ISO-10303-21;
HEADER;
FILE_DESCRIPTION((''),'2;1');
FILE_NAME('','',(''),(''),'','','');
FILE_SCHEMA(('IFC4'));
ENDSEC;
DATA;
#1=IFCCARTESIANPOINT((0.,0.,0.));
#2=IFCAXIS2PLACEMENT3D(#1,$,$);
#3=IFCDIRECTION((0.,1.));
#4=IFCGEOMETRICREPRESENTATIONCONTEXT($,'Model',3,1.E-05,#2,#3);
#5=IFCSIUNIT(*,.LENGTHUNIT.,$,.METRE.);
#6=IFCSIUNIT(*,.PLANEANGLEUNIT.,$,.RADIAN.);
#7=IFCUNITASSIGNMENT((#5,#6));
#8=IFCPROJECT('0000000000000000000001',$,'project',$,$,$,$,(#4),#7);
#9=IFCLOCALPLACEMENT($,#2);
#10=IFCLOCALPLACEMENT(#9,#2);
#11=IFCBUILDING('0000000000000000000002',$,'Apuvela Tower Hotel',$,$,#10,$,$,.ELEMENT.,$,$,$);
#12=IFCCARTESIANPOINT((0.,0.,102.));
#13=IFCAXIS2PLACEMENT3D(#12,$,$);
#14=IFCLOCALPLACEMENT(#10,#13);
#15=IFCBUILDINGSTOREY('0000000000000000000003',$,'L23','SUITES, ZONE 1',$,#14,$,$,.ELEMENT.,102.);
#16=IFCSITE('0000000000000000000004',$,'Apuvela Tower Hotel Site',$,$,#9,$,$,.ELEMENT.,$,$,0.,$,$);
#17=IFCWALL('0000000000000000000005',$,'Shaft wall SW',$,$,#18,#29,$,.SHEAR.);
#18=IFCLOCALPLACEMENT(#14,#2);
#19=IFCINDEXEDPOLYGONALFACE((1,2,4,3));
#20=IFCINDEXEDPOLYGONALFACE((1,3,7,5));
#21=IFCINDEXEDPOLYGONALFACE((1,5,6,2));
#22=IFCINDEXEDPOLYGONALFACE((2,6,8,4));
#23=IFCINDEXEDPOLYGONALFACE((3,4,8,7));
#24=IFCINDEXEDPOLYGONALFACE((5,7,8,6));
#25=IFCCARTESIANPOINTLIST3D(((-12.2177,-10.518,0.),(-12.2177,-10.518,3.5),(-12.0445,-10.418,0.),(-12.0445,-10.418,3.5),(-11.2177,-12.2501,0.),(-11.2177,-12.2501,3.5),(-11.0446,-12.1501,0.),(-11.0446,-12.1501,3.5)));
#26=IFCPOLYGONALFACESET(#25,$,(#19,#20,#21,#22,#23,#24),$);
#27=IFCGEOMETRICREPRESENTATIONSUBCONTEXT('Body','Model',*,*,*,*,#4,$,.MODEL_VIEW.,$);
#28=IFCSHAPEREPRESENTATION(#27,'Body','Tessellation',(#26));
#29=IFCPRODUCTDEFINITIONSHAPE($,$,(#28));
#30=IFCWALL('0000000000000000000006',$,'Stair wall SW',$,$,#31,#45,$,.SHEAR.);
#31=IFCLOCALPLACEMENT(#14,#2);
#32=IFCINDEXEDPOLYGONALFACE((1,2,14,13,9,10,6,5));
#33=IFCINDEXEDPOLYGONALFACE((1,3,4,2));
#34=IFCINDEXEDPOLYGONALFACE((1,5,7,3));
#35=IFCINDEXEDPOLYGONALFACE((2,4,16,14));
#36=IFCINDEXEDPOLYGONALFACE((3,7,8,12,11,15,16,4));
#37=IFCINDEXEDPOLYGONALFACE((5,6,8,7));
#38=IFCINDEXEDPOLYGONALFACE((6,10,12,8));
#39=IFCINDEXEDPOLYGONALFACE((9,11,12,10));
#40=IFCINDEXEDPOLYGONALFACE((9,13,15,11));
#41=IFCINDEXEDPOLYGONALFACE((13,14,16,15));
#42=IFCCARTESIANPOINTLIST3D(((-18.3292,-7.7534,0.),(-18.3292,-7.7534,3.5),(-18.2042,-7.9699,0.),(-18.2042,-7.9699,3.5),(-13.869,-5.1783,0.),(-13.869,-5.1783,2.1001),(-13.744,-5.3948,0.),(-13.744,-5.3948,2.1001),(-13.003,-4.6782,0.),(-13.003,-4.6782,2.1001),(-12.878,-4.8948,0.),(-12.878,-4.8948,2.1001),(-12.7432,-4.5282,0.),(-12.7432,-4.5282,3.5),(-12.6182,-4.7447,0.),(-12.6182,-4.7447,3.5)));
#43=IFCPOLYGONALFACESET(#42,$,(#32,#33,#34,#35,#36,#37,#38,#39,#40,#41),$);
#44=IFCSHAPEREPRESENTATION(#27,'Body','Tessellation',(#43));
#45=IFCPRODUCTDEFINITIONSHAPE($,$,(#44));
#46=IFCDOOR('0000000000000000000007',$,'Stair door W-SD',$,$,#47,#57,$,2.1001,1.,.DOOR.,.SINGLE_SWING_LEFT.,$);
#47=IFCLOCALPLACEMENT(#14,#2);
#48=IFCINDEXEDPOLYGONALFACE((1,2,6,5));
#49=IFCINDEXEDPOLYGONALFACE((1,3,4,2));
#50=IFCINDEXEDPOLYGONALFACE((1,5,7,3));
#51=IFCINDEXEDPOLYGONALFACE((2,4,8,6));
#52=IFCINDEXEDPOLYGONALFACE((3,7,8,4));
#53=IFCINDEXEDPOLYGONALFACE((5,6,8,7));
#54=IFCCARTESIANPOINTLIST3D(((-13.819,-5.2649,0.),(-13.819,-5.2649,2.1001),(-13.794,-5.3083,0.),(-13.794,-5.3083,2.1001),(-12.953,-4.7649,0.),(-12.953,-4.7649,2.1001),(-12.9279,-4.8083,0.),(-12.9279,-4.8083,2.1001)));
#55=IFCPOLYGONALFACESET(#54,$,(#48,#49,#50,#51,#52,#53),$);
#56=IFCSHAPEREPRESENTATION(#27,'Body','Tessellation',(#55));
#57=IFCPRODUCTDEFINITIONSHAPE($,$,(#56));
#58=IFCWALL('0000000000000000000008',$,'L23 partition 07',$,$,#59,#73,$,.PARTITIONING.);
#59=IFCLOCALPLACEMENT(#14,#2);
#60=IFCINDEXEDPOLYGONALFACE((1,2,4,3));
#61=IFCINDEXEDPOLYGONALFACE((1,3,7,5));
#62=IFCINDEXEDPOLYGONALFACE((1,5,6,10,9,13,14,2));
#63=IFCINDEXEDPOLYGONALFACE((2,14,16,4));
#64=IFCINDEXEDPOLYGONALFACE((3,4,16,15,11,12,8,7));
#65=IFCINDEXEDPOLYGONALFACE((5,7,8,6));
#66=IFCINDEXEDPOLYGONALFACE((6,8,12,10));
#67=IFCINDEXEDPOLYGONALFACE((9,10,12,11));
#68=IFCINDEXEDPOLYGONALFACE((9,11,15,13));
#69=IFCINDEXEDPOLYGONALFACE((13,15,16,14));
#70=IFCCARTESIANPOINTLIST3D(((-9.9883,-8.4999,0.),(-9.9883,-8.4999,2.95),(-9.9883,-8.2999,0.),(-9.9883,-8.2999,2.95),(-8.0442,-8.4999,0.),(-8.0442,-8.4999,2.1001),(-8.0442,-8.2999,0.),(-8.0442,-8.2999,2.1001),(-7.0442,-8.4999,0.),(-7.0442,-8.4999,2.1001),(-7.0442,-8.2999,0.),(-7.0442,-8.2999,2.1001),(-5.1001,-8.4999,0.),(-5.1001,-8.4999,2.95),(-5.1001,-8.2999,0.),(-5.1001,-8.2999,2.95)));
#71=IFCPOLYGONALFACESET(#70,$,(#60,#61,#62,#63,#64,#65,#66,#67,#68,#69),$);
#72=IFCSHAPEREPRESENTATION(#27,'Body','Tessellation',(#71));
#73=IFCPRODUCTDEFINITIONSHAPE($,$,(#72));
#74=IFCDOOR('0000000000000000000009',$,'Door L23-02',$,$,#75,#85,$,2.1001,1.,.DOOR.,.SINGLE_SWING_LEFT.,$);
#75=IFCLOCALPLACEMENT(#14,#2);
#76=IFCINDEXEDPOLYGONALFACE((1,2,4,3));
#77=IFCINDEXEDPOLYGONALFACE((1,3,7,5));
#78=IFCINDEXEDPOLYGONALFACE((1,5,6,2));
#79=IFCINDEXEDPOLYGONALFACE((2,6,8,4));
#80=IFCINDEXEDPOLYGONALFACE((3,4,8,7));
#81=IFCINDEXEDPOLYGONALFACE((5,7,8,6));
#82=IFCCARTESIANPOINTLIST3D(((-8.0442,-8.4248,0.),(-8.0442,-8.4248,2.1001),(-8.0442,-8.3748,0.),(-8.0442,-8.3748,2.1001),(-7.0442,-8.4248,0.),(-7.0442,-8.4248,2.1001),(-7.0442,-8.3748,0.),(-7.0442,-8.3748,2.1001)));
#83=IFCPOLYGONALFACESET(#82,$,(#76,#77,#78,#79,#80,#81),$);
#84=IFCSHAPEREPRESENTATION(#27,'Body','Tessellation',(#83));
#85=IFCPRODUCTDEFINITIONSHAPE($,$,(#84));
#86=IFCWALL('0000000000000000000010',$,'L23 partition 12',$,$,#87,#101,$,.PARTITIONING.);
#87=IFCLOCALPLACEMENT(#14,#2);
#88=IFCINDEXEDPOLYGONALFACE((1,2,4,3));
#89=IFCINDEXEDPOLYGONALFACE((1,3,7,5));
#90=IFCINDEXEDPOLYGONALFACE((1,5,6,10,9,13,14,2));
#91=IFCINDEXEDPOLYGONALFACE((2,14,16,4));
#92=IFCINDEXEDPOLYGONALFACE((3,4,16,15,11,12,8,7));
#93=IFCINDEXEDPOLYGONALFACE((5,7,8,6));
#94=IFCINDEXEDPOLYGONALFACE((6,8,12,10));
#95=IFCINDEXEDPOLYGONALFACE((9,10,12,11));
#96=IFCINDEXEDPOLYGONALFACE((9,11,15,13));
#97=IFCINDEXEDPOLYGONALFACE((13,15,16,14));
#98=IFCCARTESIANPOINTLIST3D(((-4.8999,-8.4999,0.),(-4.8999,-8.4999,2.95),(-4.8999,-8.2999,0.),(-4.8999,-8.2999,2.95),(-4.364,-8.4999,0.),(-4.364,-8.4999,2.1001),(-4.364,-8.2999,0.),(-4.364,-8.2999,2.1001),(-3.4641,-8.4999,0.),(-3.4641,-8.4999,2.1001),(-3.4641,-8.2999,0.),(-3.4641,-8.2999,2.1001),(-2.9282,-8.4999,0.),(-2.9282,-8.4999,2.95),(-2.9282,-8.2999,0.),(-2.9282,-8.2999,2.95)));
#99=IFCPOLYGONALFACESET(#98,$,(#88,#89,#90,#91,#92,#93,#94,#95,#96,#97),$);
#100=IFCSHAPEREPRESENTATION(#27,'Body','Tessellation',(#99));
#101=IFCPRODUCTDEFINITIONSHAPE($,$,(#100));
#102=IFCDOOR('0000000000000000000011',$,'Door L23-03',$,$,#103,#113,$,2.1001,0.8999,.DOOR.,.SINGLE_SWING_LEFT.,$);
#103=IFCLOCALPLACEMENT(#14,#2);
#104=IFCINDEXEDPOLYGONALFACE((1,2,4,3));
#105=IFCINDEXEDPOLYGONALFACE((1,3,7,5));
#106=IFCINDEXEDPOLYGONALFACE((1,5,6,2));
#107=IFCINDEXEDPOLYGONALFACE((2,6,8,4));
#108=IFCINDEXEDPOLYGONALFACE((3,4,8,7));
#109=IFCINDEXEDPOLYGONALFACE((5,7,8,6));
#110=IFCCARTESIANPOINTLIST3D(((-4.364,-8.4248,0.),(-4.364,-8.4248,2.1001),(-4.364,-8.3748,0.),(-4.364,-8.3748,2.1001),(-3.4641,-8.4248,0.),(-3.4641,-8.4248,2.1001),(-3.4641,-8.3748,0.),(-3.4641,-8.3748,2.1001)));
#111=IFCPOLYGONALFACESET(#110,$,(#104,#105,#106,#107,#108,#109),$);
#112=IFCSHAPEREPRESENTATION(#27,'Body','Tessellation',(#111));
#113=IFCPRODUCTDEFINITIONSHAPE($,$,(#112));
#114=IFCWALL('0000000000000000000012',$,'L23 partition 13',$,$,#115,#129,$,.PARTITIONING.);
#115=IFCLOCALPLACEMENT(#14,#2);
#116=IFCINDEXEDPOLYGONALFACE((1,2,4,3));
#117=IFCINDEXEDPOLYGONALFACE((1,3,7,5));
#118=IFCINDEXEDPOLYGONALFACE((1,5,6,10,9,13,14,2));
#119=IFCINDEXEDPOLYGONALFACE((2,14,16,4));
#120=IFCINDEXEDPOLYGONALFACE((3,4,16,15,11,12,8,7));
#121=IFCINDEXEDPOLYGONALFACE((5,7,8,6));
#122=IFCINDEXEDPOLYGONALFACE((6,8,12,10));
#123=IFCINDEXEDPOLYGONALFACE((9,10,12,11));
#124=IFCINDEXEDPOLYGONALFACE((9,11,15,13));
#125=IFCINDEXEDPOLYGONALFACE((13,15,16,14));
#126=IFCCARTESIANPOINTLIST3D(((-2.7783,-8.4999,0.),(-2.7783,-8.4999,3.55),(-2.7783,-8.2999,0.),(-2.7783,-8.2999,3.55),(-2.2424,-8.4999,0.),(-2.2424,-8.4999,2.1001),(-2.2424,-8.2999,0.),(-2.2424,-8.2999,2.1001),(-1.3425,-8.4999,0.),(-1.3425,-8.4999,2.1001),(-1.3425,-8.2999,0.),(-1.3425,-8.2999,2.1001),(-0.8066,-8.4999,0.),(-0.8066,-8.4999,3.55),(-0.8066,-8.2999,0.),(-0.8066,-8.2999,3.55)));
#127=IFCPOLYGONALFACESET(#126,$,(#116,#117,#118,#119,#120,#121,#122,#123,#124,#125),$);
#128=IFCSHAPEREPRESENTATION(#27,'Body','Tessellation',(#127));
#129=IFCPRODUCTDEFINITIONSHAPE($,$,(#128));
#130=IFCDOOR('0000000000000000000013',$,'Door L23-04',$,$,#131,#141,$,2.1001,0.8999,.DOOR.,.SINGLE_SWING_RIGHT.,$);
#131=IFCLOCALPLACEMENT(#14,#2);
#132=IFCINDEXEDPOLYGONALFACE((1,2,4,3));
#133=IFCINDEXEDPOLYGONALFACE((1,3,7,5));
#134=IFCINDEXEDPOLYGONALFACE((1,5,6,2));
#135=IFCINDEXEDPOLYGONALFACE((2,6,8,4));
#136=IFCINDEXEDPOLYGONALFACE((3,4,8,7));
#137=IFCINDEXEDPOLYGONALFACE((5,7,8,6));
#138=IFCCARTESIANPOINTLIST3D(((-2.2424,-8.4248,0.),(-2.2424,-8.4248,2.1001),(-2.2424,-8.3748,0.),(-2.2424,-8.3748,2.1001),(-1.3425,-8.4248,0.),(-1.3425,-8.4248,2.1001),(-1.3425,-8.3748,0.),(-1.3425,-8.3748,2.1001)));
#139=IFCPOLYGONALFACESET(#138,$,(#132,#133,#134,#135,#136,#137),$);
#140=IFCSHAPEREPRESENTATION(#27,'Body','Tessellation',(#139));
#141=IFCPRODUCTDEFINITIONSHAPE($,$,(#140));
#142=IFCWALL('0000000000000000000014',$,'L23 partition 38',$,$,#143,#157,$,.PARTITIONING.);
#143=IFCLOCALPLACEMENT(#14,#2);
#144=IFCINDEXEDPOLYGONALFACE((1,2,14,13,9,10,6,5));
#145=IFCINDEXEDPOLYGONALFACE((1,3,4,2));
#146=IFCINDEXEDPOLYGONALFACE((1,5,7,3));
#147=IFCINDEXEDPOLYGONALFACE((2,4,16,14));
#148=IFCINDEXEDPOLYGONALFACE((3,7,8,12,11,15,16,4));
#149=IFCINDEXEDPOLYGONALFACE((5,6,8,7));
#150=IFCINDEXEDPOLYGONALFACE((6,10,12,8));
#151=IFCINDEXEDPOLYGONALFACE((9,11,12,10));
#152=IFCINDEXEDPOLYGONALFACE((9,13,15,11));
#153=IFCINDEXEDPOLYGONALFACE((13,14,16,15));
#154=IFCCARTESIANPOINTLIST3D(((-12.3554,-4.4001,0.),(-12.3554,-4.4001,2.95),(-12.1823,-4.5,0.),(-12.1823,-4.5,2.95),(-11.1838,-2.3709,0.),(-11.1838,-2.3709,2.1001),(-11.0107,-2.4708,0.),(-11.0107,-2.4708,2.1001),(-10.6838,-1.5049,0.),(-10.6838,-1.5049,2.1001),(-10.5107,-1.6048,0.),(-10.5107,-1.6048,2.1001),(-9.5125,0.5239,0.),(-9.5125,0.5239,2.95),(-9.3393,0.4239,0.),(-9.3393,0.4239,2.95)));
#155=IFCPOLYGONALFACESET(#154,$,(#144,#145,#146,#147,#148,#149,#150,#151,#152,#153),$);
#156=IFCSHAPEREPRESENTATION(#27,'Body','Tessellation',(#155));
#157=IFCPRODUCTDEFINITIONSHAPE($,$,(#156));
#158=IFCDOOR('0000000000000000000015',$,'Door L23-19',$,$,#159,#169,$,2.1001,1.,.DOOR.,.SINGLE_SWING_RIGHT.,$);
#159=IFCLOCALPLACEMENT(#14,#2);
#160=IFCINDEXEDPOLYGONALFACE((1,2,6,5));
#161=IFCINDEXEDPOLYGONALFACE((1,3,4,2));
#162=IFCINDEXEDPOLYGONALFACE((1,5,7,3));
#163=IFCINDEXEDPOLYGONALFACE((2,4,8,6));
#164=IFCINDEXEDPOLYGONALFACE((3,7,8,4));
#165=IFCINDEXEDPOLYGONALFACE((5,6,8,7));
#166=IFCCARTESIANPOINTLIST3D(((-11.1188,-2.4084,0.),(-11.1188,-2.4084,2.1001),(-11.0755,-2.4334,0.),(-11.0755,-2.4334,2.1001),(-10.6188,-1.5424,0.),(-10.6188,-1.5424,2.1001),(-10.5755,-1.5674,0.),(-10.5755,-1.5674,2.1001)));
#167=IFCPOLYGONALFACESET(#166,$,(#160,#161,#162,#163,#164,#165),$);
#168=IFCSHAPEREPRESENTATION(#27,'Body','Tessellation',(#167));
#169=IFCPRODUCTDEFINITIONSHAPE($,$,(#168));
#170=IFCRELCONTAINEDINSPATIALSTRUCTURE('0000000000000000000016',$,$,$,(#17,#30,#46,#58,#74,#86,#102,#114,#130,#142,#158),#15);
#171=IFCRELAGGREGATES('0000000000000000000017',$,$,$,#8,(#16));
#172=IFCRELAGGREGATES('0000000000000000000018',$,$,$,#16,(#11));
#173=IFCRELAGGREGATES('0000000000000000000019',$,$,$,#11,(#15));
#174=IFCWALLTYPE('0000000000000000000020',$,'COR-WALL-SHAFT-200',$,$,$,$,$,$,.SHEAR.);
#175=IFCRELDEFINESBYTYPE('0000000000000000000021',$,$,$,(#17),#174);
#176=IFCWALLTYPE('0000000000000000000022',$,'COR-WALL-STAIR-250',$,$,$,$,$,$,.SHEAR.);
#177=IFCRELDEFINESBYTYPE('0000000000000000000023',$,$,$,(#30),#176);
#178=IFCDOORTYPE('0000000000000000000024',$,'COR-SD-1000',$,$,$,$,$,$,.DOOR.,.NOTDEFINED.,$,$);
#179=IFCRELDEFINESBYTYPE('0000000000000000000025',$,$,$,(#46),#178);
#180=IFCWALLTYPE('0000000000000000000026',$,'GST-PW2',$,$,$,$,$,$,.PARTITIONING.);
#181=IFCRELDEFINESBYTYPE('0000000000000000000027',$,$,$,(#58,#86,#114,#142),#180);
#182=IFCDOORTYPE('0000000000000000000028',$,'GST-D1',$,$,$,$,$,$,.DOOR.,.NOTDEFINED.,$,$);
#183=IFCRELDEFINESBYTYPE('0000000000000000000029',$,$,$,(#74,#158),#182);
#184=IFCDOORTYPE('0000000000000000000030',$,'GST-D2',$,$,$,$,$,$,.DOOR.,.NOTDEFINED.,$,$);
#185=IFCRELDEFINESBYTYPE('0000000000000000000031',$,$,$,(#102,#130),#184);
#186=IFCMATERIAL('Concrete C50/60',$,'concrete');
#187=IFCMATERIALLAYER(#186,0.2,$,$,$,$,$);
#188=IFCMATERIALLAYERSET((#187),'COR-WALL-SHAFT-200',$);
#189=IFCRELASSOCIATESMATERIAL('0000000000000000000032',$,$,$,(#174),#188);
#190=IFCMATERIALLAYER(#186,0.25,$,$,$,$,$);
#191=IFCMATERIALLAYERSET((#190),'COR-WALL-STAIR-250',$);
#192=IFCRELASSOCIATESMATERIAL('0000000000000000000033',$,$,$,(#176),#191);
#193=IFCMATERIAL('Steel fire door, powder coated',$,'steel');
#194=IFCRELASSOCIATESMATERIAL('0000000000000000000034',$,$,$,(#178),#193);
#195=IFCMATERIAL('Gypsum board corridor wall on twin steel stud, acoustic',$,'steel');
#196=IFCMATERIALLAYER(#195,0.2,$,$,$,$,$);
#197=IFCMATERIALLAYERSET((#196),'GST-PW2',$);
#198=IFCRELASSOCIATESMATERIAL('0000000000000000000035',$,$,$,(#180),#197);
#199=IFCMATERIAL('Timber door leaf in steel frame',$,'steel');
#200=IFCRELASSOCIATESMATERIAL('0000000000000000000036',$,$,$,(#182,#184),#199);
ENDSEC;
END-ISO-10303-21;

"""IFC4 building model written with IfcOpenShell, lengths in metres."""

from ifc_helpers import new_model, si_unit, direction, frame, frame_2d, origin, place, context, subcontext, project, spatial, rectangle, extrude, material, layer, layer_set, type_object, element, fill, save


model = new_model("IFC4")

# Units and contexts
model_context = context("Model", 3, precision=1e-05, world=origin(), true_north=direction((0.0, 1.0)))
body_context = subcontext(model_context, "Body", "Model", "MODEL_VIEW")
ifc_project = project(units=[si_unit("LENGTHUNIT", "METRE"), si_unit("PLANEANGLEUNIT", "RADIAN")], contexts=[model_context])

# Site, building, storey
site_placement = place(None, origin())
site = spatial("IfcSite", under=ifc_project, at=site_placement, Name="Apuvela Tower Hotel Site", CompositionType="ELEMENT", RefElevation=0.0)
building_placement = place(site_placement, origin())
building = spatial("IfcBuilding", under=site, at=building_placement, Name="Apuvela Tower Hotel", CompositionType="ELEMENT")
storey_placement = place(building_placement, frame((0.0, 0.0, 102.0)))
storey = spatial("IfcBuildingStorey", under=building, at=storey_placement, Name="L23", Description="SUITES, ZONE 1", CompositionType="ELEMENT", Elevation=102.0)

# Shared definitions
ifc_material_1 = material(Name="Concrete C50/60", Category="concrete")

# Shared definitions
ifc_layer_1 = layer(ifc_material_1, 0.2)
ifc_layer_set_1 = layer_set([ifc_layer_1], Name="COR-WALL-SHAFT-200")
wall_type_1 = type_object("IfcWallType", Name="COR-WALL-SHAFT-200", PredefinedType="SHEAR", material=ifc_layer_set_1)

# Shared definitions
ifc_material_2 = material(Name="Steel fire door, powder coated", Category="steel")

# Wall
wall_1_placement = place(storey_placement, frame((-12.1311, -10.468, 0.0), z_axis=(0.0, 0.0, 1.0), x_axis=(0.499973, -0.866041, 0.0)))
element("IfcWall", 1, at=wall_1_placement, inside=storey, type_object=wall_type_1, Name="Shaft wall SW", PredefinedType="SHEAR", context=body_context, shape_type="SweptSolid", body=[
    extrude(rectangle(XDim=2.0, YDim=0.2, at=frame_2d((1.0, 0.0))), origin(), (0.0, 0.0, 1.0), 3.5),
])

# Walls, openings, doors
ifc_layer_2 = layer(ifc_material_1, 0.25)
ifc_layer_set_2 = layer_set([ifc_layer_2], Name="COR-WALL-STAIR-250")
wall_type_2 = type_object("IfcWallType", Name="COR-WALL-STAIR-250", PredefinedType="SHEAR", material=ifc_layer_set_2)
wall_2_placement = place(storey_placement, frame((-12.6807, -4.6365, 0.0), z_axis=(0.0, 0.0, 1.0), x_axis=(-0.866022, -0.500006, 0.0)))
wall_2 = element("IfcWall", 2, at=wall_2_placement, inside=storey, type_object=wall_type_2, Name="Stair wall SW", PredefinedType="SHEAR", context=body_context, shape_type="SweptSolid", body=[
    extrude(rectangle(XDim=6.4502, YDim=0.25, at=frame_2d((3.2251, 0.0))), origin(), (0.0, 0.0, 1.0), 3.5),
])
opening_1_placement = place(wall_2_placement, frame((0.3, 0.0, 0.0)))
opening_1 = element("IfcOpeningElement", 3, at=opening_1_placement, cuts=wall_2, PredefinedType="OPENING", context=body_context, shape_type="SweptSolid", body=[
    extrude(rectangle(XDim=1.0, YDim=2.1001, at=frame_2d((0.5, 1.05))), frame((0.0, 0.135, 0.0), z_axis=(0.0, -1.0, 0.0), x_axis=(1.0, 0.0, 0.0)), (0.0, 0.0, 1.0), 0.27),
])
door_type_1 = type_object("IfcDoorType", Name="COR-SD-1000", OperationType="NOTDEFINED", PredefinedType="DOOR", material=ifc_material_2)
door_1_placement = place(opening_1_placement, frame((1.0, 0.0, 0.0), z_axis=(0.0, 0.0, 1.0), x_axis=(-1.0, 0.0, 0.0)))
door_1 = element("IfcDoor", 4, at=door_1_placement, inside=storey, type_object=door_type_1, Name="Stair door W-SD", OperationType="SINGLE_SWING_LEFT", OverallHeight=2.1001, OverallWidth=1.0, PredefinedType="DOOR", context=body_context, shape_type="SweptSolid", body=[
    extrude(rectangle(XDim=1.0, YDim=2.1001, at=frame_2d((0.5, 1.05))), frame((0.0, 0.0249, 0.0), z_axis=(0.0, -1.0, 0.0), x_axis=(1.0, 0.0, 0.0)), (0.0, 0.0, 1.0), 0.05),
])
fill(opening_1, door_1)
ifc_material_3 = material(Name="Gypsum board corridor wall on twin steel stud, acoustic", Category="steel")
ifc_layer_3 = layer(ifc_material_3, 0.2)
ifc_layer_set_3 = layer_set([ifc_layer_3], Name="GST-PW2")
wall_type_3 = type_object("IfcWallType", Name="GST-PW2", PredefinedType="PARTITIONING", material=ifc_layer_set_3)
wall_3_placement = place(storey_placement, frame((-5.1001, -8.3999, 0.0), z_axis=(0.0, 0.0, 1.0), x_axis=(-1.0, 0.0, 0.0)))
wall_3 = element("IfcWall", 5, at=wall_3_placement, inside=storey, type_object=wall_type_3, Name="L23 partition 07", PredefinedType="PARTITIONING", context=body_context, shape_type="SweptSolid", body=[
    extrude(rectangle(XDim=4.8882, YDim=0.2, at=frame_2d((2.4441, 0.0))), origin(), (0.0, 0.0, 1.0), 2.95),
])
opening_2_placement = place(wall_3_placement, frame((1.9441, 0.0, 0.0)))
opening_2 = element("IfcOpeningElement", 6, at=opening_2_placement, cuts=wall_3, PredefinedType="OPENING", context=body_context, shape_type="SweptSolid", body=[
    extrude(rectangle(XDim=1.0, YDim=2.1001, at=frame_2d((0.5, 1.05))), frame((0.0, 0.1099, 0.0), z_axis=(0.0, -1.0, 0.0), x_axis=(1.0, 0.0, 0.0)), (0.0, 0.0, 1.0), 0.22),
])
ifc_material_4 = material(Name="Timber door leaf in steel frame", Category="steel")
door_type_2 = type_object("IfcDoorType", Name="GST-D1", OperationType="NOTDEFINED", PredefinedType="DOOR", material=ifc_material_4)
door_2_placement = place(opening_2_placement, origin())
door_2 = element("IfcDoor", 7, at=door_2_placement, inside=storey, type_object=door_type_2, Name="Door L23-02", OperationType="SINGLE_SWING_LEFT", OverallHeight=2.1001, OverallWidth=1.0, PredefinedType="DOOR", context=body_context, shape_type="SweptSolid", body=[
    extrude(rectangle(XDim=1.0, YDim=2.1001, at=frame_2d((0.5, 1.05))), frame((0.0, 0.0249, 0.0), z_axis=(0.0, -1.0, 0.0), x_axis=(1.0, 0.0, 0.0)), (0.0, 0.0, 1.0), 0.05),
])
fill(opening_2, door_2)
wall_4_placement = place(storey_placement, frame((-2.9282, -8.3999, 0.0), z_axis=(0.0, 0.0, 1.0), x_axis=(-1.0, 0.0, 0.0)))
wall_4 = element("IfcWall", 8, at=wall_4_placement, inside=storey, type_object=wall_type_3, Name="L23 partition 12", PredefinedType="PARTITIONING", context=body_context, shape_type="SweptSolid", body=[
    extrude(rectangle(XDim=1.9717, YDim=0.2, at=frame_2d((0.9858, 0.0))), origin(), (0.0, 0.0, 1.0), 2.95),
])
opening_3_placement = place(wall_4_placement, frame((0.5359, 0.0, 0.0)))
opening_3 = element("IfcOpeningElement", 9, at=opening_3_placement, cuts=wall_4, PredefinedType="OPENING", context=body_context, shape_type="SweptSolid", body=[
    extrude(rectangle(XDim=0.8999, YDim=2.1001, at=frame_2d((0.45, 1.05))), frame((0.0, 0.1099, 0.0), z_axis=(0.0, -1.0, 0.0), x_axis=(1.0, 0.0, 0.0)), (0.0, 0.0, 1.0), 0.22),
])
door_type_3 = type_object("IfcDoorType", Name="GST-D2", OperationType="NOTDEFINED", PredefinedType="DOOR", material=ifc_material_4)
door_3_placement = place(opening_3_placement, origin())
door_3 = element("IfcDoor", 10, at=door_3_placement, inside=storey, type_object=door_type_3, Name="Door L23-03", OperationType="SINGLE_SWING_LEFT", OverallHeight=2.1001, OverallWidth=0.8999, PredefinedType="DOOR", context=body_context, shape_type="SweptSolid", body=[
    extrude(rectangle(XDim=0.8999, YDim=2.1001, at=frame_2d((0.45, 1.05))), frame((0.0, 0.0249, 0.0), z_axis=(0.0, -1.0, 0.0), x_axis=(1.0, 0.0, 0.0)), (0.0, 0.0, 1.0), 0.05),
])
fill(opening_3, door_3)
wall_5_placement = place(storey_placement, frame((-0.8066, -8.3999, 0.0), z_axis=(0.0, 0.0, 1.0), x_axis=(-1.0, 0.0, 0.0)))
wall_5 = element("IfcWall", 11, at=wall_5_placement, inside=storey, type_object=wall_type_3, Name="L23 partition 13", PredefinedType="PARTITIONING", context=body_context, shape_type="SweptSolid", body=[
    extrude(rectangle(XDim=1.9717, YDim=0.2, at=frame_2d((0.9858, 0.0))), origin(), (0.0, 0.0, 1.0), 3.55),
])
opening_4_placement = place(wall_5_placement, frame((0.5359, 0.0, 0.0)))
opening_4 = element("IfcOpeningElement", 12, at=opening_4_placement, cuts=wall_5, PredefinedType="OPENING", context=body_context, shape_type="SweptSolid", body=[
    extrude(rectangle(XDim=0.8999, YDim=2.1001, at=frame_2d((0.45, 1.05))), frame((0.0, 0.1099, 0.0), z_axis=(0.0, -1.0, 0.0), x_axis=(1.0, 0.0, 0.0)), (0.0, 0.0, 1.0), 0.22),
])
door_4_placement = place(opening_4_placement, origin())
door_4 = element("IfcDoor", 13, at=door_4_placement, inside=storey, type_object=door_type_3, Name="Door L23-04", OperationType="SINGLE_SWING_RIGHT", OverallHeight=2.1001, OverallWidth=0.8999, PredefinedType="DOOR", context=body_context, shape_type="SweptSolid", body=[
    extrude(rectangle(XDim=0.8999, YDim=2.1001, at=frame_2d((0.45, 1.05))), frame((0.0, 0.0249, 0.0), z_axis=(0.0, -1.0, 0.0), x_axis=(1.0, 0.0, 0.0)), (0.0, 0.0, 1.0), 0.05),
])
fill(opening_4, door_4)
wall_6_placement = place(storey_placement, frame((-12.2688, -4.45, 0.0), z_axis=(0.0, 0.0, 1.0), x_axis=(0.500014, 0.866018, 0.0)))
wall_6 = element("IfcWall", 14, at=wall_6_placement, inside=storey, type_object=wall_type_3, Name="L23 partition 38", PredefinedType="PARTITIONING", context=body_context, shape_type="SweptSolid", body=[
    extrude(rectangle(XDim=5.6858, YDim=0.2, at=frame_2d((2.8428, 0.0))), origin(), (0.0, 0.0, 1.0), 2.95),
])
opening_5_placement = place(wall_6_placement, frame((2.343, 0.0, 0.0)))
opening_5 = element("IfcOpeningElement", 15, at=opening_5_placement, cuts=wall_6, PredefinedType="OPENING", context=body_context, shape_type="SweptSolid", body=[
    extrude(rectangle(XDim=1.0, YDim=2.1001, at=frame_2d((0.5, 1.05))), frame((0.0, 0.1099, 0.0), z_axis=(0.0, -1.0, 0.0), x_axis=(1.0, 0.0, 0.0)), (0.0, 0.0, 1.0), 0.22),
])
door_5_placement = place(opening_5_placement, origin())
door_5 = element("IfcDoor", 16, at=door_5_placement, inside=storey, type_object=door_type_2, Name="Door L23-19", OperationType="SINGLE_SWING_RIGHT", OverallHeight=2.1001, OverallWidth=1.0, PredefinedType="DOOR", context=body_context, shape_type="SweptSolid", body=[
    extrude(rectangle(XDim=1.0, YDim=2.1001, at=frame_2d((0.5, 1.05))), frame((0.0, 0.0249, 0.0), z_axis=(0.0, -1.0, 0.0), x_axis=(1.0, 0.0, 0.0)), (0.0, 0.0, 1.0), 0.05),
])
fill(opening_5, door_5)

save(model, "model.ifc")
